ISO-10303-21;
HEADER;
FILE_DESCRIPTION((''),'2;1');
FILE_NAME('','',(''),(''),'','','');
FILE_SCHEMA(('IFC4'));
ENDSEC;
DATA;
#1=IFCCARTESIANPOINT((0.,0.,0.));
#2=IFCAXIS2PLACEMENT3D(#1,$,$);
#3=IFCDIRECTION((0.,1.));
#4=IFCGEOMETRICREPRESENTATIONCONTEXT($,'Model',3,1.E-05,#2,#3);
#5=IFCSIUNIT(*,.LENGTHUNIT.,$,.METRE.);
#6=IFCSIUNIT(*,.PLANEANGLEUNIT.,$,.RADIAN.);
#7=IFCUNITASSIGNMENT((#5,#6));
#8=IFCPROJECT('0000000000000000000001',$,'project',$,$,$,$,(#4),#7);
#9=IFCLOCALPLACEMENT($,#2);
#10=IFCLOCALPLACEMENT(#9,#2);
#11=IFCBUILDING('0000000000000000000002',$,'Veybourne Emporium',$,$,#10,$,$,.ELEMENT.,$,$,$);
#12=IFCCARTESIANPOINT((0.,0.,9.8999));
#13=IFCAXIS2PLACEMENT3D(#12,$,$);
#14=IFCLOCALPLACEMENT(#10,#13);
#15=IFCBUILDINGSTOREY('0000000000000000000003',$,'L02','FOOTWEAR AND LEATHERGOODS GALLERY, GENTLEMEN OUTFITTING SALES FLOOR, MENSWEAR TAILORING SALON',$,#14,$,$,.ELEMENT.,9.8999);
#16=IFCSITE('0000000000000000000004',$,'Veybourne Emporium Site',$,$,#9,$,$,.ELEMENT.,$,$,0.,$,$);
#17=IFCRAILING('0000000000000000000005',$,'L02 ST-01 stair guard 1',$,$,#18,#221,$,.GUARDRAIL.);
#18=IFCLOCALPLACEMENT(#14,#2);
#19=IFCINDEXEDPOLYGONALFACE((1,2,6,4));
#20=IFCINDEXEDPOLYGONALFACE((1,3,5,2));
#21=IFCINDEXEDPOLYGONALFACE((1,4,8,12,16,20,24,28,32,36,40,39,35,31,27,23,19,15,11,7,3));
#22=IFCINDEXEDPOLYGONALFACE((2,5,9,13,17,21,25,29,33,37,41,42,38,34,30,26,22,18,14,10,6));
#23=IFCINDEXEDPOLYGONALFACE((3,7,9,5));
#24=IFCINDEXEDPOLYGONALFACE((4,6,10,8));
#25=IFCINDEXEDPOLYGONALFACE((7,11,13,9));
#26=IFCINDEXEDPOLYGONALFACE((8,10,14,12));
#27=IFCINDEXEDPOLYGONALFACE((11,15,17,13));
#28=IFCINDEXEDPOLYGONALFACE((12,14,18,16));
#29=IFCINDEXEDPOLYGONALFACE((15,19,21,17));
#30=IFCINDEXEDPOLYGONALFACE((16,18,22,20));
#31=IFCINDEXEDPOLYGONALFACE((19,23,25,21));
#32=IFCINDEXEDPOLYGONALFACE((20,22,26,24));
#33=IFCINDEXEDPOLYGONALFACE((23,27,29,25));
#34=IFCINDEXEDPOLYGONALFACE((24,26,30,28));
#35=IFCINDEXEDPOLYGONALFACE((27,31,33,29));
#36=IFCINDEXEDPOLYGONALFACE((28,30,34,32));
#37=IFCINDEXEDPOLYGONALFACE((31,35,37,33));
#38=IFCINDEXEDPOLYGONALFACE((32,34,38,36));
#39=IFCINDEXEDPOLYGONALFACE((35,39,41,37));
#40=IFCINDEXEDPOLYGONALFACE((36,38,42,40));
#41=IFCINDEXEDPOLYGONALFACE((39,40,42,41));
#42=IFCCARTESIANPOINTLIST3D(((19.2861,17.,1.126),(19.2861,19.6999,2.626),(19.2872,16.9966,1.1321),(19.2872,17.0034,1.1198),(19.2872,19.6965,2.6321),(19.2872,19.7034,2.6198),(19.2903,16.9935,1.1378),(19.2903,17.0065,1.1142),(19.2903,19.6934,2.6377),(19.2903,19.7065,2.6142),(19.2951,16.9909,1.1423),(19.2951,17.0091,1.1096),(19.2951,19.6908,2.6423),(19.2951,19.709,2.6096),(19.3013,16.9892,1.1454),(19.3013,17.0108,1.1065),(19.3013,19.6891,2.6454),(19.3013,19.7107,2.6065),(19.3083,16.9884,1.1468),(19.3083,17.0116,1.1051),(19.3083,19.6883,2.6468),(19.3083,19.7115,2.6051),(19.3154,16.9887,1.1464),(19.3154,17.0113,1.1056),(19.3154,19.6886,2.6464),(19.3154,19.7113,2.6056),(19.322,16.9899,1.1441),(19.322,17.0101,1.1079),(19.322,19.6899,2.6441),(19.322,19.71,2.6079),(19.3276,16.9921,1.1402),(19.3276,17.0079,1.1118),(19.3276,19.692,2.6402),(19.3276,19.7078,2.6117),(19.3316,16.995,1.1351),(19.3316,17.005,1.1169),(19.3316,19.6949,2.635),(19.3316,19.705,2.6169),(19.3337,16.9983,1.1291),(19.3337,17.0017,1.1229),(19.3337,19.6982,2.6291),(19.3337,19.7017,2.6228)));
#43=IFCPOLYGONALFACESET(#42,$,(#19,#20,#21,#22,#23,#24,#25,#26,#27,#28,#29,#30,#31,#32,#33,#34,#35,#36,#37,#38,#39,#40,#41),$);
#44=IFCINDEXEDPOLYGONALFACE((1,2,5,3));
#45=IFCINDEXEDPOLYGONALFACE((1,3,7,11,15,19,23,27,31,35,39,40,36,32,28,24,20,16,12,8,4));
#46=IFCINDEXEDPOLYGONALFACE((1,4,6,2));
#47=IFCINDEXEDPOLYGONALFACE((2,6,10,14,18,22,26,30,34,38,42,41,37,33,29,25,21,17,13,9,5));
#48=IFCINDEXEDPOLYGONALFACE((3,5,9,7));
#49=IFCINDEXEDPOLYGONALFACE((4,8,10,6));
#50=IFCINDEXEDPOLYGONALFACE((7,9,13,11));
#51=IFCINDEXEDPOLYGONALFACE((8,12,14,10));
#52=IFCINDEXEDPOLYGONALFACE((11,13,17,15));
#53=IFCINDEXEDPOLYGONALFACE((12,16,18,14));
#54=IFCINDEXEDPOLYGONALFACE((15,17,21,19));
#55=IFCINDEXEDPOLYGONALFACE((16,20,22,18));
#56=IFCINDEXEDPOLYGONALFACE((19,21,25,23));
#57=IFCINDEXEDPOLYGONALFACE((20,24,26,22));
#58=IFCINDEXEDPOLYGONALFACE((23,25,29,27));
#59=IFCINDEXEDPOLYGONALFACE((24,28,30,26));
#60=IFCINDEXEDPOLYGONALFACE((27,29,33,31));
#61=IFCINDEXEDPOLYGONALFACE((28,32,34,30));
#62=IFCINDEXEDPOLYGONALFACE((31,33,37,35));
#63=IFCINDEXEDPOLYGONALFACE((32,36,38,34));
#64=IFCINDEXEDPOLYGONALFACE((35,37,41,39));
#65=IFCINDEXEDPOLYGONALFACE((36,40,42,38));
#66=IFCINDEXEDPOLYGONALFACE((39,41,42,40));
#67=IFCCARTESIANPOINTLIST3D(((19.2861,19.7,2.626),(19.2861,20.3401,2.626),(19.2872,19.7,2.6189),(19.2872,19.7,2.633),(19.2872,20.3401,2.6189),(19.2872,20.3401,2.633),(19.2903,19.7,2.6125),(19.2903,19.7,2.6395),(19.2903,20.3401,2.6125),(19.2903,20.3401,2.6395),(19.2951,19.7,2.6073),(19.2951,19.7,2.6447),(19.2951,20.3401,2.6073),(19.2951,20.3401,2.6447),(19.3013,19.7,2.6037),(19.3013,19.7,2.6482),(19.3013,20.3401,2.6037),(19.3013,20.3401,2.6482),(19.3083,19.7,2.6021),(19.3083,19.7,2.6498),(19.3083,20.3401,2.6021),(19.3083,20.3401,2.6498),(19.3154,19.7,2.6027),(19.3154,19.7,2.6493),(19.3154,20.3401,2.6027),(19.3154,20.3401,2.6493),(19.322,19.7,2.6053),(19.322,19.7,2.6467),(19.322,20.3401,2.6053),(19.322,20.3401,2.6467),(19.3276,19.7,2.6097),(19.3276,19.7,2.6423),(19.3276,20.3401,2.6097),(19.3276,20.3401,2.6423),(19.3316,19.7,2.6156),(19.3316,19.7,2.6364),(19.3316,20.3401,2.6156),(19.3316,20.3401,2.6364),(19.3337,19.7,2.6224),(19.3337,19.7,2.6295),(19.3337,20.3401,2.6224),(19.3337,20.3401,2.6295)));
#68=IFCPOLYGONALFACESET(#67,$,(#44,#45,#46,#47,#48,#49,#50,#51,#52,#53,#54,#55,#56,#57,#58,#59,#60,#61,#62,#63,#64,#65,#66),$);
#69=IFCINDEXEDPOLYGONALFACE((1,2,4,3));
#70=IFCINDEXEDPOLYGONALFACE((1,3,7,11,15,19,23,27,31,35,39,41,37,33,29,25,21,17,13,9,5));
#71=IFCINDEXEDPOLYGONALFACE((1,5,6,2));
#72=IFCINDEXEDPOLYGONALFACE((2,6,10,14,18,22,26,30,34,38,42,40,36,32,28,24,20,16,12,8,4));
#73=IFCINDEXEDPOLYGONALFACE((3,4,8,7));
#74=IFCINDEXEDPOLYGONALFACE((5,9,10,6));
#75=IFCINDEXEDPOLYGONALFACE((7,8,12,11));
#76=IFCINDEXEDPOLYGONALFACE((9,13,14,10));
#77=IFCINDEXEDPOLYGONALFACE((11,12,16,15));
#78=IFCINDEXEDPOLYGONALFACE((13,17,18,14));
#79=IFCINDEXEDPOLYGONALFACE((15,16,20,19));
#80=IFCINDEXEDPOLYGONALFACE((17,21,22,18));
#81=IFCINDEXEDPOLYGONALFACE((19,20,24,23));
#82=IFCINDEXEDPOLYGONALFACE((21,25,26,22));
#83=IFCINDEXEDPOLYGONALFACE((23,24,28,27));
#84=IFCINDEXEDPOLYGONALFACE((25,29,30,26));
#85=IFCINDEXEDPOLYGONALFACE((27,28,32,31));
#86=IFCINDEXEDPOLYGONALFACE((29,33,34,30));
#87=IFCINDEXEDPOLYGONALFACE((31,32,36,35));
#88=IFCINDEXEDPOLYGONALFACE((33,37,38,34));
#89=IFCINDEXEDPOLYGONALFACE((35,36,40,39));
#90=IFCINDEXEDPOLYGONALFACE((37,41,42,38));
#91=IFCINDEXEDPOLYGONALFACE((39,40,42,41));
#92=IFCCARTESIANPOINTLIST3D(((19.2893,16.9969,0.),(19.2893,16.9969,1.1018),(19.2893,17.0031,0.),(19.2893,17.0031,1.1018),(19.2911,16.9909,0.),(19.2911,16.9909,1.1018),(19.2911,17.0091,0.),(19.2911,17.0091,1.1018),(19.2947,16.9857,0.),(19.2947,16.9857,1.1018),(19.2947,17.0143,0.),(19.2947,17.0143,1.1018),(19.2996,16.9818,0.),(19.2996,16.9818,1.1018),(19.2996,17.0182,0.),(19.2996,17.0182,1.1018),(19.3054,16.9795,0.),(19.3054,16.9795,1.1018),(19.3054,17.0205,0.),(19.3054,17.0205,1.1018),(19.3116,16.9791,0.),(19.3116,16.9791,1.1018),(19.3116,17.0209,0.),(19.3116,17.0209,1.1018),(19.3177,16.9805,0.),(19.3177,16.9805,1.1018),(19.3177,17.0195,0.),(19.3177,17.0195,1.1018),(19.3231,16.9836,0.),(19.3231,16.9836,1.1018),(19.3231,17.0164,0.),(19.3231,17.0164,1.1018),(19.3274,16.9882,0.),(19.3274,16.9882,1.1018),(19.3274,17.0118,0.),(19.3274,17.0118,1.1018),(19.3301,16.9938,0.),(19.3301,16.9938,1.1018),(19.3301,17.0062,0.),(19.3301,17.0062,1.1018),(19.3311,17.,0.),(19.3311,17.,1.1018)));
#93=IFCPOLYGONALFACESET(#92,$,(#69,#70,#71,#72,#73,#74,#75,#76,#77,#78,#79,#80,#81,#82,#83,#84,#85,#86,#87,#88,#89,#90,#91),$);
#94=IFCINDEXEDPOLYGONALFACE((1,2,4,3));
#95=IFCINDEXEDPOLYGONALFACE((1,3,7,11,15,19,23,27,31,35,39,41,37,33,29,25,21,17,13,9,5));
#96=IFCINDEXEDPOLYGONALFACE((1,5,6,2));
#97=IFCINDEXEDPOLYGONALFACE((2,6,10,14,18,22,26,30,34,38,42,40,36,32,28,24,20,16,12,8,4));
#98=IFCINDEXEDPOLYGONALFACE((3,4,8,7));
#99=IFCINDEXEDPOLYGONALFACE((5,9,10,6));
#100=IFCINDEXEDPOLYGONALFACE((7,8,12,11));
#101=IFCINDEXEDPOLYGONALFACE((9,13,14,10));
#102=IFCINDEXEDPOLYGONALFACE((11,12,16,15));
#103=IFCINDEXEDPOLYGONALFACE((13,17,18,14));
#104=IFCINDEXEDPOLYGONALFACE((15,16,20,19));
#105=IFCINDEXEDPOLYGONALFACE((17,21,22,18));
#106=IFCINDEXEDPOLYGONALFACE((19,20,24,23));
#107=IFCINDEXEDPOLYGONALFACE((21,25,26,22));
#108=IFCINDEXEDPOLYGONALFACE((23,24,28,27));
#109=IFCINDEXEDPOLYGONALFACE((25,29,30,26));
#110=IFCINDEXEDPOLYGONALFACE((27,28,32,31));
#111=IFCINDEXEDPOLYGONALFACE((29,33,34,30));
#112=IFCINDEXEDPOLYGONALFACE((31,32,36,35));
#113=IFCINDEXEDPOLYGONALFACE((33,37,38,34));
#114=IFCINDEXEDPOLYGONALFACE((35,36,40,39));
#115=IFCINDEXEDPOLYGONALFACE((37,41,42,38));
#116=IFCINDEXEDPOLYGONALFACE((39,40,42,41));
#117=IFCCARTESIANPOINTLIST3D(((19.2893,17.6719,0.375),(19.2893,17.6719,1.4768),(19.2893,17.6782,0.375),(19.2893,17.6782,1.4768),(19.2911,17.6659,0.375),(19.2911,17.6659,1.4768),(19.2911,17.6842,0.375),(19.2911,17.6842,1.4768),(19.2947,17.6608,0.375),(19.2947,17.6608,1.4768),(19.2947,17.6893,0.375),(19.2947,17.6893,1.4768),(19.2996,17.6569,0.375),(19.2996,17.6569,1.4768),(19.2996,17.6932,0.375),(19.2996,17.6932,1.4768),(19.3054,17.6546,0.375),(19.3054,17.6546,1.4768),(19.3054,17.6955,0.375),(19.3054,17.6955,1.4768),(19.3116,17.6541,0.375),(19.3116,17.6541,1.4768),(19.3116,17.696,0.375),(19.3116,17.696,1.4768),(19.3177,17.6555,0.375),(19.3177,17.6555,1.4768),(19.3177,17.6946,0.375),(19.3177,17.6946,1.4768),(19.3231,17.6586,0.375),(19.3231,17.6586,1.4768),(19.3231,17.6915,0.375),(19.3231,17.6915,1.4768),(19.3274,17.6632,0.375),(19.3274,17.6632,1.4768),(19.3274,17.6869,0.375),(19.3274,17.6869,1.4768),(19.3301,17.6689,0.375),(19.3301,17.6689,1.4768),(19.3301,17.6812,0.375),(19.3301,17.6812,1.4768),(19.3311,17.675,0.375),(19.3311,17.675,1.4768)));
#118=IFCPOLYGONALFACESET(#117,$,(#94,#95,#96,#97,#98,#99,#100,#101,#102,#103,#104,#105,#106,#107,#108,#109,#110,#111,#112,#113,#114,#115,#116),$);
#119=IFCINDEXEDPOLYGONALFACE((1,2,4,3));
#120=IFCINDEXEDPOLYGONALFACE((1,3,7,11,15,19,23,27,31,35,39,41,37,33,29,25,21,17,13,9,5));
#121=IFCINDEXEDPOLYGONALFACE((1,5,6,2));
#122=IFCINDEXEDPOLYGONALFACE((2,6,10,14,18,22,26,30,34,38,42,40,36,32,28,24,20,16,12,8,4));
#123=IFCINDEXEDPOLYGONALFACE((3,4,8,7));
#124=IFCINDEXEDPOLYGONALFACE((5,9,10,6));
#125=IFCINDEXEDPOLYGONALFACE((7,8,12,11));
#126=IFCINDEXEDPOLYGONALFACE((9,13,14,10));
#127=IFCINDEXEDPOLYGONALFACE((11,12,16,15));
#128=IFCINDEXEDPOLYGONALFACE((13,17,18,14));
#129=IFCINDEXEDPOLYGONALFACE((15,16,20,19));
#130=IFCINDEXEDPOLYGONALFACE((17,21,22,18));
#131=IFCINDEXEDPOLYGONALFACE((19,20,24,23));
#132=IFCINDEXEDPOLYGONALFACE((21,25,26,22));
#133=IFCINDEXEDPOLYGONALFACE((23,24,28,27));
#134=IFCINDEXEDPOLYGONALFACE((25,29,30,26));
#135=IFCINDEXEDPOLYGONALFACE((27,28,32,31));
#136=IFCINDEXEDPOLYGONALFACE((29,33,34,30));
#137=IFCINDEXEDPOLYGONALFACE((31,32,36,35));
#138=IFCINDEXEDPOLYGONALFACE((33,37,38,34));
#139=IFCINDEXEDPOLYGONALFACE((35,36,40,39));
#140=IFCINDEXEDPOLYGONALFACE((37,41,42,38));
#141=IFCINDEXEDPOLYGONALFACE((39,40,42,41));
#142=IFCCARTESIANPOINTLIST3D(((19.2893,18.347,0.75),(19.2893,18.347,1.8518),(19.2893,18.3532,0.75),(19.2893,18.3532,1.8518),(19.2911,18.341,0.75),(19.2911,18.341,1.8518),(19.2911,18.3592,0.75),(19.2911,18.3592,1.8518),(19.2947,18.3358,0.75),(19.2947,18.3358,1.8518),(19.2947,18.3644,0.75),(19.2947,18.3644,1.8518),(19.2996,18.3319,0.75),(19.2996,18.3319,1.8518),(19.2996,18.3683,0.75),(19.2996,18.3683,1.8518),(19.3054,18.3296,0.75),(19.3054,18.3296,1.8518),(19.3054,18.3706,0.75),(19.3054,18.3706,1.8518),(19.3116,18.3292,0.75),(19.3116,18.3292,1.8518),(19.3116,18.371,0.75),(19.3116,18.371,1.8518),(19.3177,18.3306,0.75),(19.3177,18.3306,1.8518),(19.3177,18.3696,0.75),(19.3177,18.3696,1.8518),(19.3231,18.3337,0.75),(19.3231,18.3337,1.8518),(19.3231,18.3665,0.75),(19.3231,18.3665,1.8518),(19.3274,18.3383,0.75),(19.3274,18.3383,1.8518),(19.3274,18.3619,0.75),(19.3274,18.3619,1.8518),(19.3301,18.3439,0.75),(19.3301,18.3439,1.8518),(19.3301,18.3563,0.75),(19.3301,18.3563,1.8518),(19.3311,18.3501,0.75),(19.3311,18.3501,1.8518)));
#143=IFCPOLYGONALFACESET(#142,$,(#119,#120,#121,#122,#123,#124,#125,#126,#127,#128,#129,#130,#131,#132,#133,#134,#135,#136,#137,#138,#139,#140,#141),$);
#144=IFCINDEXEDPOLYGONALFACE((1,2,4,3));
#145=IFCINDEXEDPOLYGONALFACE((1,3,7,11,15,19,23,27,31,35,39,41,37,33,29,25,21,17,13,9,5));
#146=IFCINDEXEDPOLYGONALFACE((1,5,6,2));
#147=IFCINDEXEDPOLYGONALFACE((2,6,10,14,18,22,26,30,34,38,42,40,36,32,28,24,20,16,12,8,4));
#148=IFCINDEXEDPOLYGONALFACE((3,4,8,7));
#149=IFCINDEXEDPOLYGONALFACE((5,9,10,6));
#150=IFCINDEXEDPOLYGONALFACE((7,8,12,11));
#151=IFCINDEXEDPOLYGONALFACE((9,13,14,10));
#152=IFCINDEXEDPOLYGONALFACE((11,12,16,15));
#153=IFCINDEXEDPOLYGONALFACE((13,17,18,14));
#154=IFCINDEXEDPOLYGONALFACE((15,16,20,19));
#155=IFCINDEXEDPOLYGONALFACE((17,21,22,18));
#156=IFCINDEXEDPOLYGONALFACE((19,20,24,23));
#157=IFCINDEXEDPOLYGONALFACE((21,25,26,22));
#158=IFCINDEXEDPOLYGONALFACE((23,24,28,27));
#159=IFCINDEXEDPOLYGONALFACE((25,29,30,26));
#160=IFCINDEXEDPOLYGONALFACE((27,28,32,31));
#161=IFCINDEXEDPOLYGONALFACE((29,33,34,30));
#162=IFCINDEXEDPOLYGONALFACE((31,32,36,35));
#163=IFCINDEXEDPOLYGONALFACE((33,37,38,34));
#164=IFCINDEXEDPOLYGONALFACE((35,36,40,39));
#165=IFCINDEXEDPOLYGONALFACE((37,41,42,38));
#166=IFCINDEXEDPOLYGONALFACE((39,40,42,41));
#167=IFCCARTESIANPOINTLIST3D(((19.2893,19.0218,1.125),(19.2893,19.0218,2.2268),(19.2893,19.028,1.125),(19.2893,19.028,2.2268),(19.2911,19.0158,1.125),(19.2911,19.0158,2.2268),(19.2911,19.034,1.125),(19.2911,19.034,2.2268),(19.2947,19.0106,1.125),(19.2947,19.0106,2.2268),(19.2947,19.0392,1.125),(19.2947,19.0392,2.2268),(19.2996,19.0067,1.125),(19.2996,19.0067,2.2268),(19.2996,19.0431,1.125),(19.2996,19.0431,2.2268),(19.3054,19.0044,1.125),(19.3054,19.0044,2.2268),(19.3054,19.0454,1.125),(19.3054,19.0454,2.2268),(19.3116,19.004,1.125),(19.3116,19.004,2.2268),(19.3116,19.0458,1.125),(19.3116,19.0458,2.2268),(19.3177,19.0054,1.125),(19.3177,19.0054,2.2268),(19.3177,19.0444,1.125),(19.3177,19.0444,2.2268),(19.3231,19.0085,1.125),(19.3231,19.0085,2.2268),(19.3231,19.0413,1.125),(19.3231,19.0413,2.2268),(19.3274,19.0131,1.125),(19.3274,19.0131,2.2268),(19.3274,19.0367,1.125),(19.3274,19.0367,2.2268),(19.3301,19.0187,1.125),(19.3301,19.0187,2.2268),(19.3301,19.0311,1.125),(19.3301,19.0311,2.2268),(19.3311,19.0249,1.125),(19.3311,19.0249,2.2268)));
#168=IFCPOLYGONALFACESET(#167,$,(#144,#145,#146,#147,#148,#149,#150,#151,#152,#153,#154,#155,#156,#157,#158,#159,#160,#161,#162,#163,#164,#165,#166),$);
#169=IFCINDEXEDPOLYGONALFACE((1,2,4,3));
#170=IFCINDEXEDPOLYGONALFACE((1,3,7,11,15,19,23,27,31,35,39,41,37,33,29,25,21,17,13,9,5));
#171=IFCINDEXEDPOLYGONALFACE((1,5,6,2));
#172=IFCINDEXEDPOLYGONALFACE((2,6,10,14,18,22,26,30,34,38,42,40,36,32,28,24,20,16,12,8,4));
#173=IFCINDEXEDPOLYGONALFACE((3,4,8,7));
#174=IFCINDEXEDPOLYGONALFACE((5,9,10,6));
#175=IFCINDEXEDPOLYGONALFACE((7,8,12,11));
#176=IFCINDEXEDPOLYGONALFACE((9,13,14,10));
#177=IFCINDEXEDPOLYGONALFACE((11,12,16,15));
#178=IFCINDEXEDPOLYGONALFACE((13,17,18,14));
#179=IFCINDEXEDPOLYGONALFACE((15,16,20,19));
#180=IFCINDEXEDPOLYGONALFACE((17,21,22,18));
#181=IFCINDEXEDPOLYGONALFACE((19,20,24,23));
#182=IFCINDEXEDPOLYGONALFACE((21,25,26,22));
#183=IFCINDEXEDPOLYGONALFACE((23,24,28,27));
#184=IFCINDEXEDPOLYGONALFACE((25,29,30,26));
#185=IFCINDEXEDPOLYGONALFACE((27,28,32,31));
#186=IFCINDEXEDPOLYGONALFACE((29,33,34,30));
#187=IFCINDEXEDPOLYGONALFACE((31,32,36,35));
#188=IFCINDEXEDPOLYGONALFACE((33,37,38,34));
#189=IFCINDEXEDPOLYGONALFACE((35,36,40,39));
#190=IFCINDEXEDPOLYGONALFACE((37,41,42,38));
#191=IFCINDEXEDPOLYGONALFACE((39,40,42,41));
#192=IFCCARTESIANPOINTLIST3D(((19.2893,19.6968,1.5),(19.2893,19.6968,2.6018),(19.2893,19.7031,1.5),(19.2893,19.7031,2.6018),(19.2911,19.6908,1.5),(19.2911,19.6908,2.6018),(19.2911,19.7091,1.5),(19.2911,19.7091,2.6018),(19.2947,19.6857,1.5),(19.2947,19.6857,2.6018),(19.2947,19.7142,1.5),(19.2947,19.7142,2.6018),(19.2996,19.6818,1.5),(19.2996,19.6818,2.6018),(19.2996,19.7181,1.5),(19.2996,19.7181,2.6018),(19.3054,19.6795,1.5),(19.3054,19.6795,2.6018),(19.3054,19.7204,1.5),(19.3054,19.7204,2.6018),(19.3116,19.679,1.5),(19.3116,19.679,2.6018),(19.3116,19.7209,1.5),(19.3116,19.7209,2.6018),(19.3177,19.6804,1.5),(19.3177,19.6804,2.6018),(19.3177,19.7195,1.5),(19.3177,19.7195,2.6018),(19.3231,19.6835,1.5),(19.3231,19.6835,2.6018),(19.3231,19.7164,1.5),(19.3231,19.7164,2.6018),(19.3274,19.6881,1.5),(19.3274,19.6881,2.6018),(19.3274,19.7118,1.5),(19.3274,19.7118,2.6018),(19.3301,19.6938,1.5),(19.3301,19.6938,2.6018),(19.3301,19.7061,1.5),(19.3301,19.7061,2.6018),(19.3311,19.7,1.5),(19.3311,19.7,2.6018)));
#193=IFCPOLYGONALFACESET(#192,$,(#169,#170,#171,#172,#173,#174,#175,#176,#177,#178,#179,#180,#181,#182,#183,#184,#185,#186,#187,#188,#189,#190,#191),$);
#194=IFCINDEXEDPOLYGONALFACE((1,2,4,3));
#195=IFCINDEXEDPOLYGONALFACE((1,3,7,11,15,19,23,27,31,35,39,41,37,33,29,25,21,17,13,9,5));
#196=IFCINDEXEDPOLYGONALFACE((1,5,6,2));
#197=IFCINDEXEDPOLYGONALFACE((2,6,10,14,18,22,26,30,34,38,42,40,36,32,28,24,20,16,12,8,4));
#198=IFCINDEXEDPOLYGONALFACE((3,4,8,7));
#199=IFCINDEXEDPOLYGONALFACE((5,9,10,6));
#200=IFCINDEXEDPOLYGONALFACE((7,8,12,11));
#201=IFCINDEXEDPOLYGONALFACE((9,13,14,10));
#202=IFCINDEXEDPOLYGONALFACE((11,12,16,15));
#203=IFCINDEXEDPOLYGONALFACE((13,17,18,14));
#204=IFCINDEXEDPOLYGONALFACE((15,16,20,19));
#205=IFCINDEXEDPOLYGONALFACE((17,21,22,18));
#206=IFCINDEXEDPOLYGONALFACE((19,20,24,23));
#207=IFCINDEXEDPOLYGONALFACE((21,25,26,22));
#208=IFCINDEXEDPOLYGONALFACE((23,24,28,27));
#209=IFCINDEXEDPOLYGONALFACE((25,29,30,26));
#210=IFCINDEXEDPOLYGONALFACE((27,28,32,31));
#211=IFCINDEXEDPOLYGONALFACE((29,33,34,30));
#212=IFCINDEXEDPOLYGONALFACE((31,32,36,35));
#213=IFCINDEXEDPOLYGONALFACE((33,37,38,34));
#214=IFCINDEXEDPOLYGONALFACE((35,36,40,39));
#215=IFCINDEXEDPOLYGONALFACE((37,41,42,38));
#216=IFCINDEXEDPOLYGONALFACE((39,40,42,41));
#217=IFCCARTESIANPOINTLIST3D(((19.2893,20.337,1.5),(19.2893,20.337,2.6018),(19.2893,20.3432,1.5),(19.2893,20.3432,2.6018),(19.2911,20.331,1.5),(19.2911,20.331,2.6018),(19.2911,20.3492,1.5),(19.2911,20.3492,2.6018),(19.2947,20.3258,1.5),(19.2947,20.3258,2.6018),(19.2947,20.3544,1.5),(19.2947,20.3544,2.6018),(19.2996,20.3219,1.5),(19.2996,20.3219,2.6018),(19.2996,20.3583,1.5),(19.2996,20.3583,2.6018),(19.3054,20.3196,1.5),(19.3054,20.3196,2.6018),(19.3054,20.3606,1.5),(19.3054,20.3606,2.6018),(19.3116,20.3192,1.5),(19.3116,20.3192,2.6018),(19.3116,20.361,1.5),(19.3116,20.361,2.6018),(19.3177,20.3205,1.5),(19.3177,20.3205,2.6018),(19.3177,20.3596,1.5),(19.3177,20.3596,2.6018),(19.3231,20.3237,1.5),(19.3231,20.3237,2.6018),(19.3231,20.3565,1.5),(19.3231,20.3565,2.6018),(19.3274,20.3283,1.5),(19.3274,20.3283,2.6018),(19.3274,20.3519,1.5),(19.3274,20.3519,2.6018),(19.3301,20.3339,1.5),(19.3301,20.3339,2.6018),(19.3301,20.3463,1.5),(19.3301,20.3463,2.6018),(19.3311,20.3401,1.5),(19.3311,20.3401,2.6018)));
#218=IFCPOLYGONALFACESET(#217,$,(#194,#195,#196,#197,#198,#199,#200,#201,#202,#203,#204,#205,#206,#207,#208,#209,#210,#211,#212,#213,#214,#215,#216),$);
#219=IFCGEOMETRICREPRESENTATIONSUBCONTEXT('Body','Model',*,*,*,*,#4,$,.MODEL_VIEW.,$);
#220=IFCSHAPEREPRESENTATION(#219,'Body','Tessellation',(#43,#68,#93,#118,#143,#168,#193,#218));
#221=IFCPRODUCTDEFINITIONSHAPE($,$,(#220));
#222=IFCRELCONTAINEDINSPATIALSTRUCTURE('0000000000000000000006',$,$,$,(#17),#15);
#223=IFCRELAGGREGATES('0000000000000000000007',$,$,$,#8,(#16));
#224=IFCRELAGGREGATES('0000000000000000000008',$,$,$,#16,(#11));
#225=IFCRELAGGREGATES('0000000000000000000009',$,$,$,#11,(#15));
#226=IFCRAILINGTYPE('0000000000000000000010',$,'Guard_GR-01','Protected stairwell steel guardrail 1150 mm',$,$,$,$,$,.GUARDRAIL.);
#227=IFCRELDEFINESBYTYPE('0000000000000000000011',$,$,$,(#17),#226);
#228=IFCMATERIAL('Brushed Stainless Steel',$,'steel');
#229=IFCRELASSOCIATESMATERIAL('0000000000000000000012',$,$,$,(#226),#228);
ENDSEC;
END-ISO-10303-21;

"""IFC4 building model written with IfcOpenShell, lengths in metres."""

from ifc_helpers import new_model, si_unit, direction, frame, origin, origin_2d, place, context, subcontext, project, spatial, circle, extrude, material, type_object, element, save


model = new_model("IFC4")

# Units and contexts
model_context = context("Model", 3, precision=1e-05, world=origin(), true_north=direction((0.0, 1.0)))
body_context = subcontext(model_context, "Body", "Model", "MODEL_VIEW")
ifc_project = project(units=[si_unit("LENGTHUNIT", "METRE"), si_unit("PLANEANGLEUNIT", "RADIAN")], contexts=[model_context])

# Site, building, storey
site_placement = place(None, origin())
site = spatial("IfcSite", under=ifc_project, at=site_placement, Name="Veybourne Emporium Site", CompositionType="ELEMENT", RefElevation=0.0)
building_placement = place(site_placement, origin())
building = spatial("IfcBuilding", under=site, at=building_placement, Name="Veybourne Emporium", CompositionType="ELEMENT")
storey_placement = place(building_placement, frame((0.0, 0.0, 9.8999)))
storey = spatial("IfcBuildingStorey", under=building, at=storey_placement, Name="L02", Description="FOOTWEAR AND LEATHERGOODS GALLERY, GENTLEMEN OUTFITTING SALES FLOOR, MENSWEAR TAILORING SALON", CompositionType="ELEMENT", Elevation=9.8999)

# Railing
ifc_material_1 = material(Name="Brushed Stainless Steel", Category="steel")
railing_type_1 = type_object("IfcRailingType", Name="Guard_GR-01", Description="Protected stairwell steel guardrail 1150 mm", PredefinedType="GUARDRAIL", material=ifc_material_1)
railing_1_placement = place(storey_placement, frame((19.3101, 17.0, 0.0)))
element("IfcRailing", 1, at=railing_1_placement, inside=storey, type_object=railing_type_1, Name="L02 ST-01 stair guard 1", PredefinedType="GUARDRAIL", context=body_context, shape_type="SweptSolid", body=[
    extrude(circle(Radius=0.0239, at=origin_2d()), frame((0.0, 0.0, 1.126), z_axis=(0.0, 0.874154, 0.48565), x_axis=(-1.0, 0.0, 0.0)), (0.0, 0.0, 1.0), 3.0886),
    extrude(circle(Radius=0.0239, at=origin_2d()), frame((0.0, 2.7, 2.626), z_axis=(0.0, 1.0, 0.0), x_axis=(-1.0, 0.0, 0.0)), (0.0, 0.0, 1.0), 0.6401),
    extrude(circle(Radius=0.021, at=origin_2d()), origin(), (0.0, 0.0, 1.0), 1.1018),
    extrude(circle(Radius=0.021, at=origin_2d()), frame((0.0, 0.675, 0.375)), (0.0, 0.0, 1.0), 1.1018),
    extrude(circle(Radius=0.021, at=origin_2d()), frame((0.0, 1.3501, 0.75)), (0.0, 0.0, 1.0), 1.1018),
    extrude(circle(Radius=0.021, at=origin_2d()), frame((0.0, 2.0249, 1.125)), (0.0, 0.0, 1.0), 1.1018),
    extrude(circle(Radius=0.021, at=origin_2d()), frame((0.0, 2.7, 1.5)), (0.0, 0.0, 1.0), 1.1018),
    extrude(circle(Radius=0.021, at=origin_2d()), frame((0.0, 3.3401, 1.5)), (0.0, 0.0, 1.0), 1.1018),
])

save(model, "model.ifc")
